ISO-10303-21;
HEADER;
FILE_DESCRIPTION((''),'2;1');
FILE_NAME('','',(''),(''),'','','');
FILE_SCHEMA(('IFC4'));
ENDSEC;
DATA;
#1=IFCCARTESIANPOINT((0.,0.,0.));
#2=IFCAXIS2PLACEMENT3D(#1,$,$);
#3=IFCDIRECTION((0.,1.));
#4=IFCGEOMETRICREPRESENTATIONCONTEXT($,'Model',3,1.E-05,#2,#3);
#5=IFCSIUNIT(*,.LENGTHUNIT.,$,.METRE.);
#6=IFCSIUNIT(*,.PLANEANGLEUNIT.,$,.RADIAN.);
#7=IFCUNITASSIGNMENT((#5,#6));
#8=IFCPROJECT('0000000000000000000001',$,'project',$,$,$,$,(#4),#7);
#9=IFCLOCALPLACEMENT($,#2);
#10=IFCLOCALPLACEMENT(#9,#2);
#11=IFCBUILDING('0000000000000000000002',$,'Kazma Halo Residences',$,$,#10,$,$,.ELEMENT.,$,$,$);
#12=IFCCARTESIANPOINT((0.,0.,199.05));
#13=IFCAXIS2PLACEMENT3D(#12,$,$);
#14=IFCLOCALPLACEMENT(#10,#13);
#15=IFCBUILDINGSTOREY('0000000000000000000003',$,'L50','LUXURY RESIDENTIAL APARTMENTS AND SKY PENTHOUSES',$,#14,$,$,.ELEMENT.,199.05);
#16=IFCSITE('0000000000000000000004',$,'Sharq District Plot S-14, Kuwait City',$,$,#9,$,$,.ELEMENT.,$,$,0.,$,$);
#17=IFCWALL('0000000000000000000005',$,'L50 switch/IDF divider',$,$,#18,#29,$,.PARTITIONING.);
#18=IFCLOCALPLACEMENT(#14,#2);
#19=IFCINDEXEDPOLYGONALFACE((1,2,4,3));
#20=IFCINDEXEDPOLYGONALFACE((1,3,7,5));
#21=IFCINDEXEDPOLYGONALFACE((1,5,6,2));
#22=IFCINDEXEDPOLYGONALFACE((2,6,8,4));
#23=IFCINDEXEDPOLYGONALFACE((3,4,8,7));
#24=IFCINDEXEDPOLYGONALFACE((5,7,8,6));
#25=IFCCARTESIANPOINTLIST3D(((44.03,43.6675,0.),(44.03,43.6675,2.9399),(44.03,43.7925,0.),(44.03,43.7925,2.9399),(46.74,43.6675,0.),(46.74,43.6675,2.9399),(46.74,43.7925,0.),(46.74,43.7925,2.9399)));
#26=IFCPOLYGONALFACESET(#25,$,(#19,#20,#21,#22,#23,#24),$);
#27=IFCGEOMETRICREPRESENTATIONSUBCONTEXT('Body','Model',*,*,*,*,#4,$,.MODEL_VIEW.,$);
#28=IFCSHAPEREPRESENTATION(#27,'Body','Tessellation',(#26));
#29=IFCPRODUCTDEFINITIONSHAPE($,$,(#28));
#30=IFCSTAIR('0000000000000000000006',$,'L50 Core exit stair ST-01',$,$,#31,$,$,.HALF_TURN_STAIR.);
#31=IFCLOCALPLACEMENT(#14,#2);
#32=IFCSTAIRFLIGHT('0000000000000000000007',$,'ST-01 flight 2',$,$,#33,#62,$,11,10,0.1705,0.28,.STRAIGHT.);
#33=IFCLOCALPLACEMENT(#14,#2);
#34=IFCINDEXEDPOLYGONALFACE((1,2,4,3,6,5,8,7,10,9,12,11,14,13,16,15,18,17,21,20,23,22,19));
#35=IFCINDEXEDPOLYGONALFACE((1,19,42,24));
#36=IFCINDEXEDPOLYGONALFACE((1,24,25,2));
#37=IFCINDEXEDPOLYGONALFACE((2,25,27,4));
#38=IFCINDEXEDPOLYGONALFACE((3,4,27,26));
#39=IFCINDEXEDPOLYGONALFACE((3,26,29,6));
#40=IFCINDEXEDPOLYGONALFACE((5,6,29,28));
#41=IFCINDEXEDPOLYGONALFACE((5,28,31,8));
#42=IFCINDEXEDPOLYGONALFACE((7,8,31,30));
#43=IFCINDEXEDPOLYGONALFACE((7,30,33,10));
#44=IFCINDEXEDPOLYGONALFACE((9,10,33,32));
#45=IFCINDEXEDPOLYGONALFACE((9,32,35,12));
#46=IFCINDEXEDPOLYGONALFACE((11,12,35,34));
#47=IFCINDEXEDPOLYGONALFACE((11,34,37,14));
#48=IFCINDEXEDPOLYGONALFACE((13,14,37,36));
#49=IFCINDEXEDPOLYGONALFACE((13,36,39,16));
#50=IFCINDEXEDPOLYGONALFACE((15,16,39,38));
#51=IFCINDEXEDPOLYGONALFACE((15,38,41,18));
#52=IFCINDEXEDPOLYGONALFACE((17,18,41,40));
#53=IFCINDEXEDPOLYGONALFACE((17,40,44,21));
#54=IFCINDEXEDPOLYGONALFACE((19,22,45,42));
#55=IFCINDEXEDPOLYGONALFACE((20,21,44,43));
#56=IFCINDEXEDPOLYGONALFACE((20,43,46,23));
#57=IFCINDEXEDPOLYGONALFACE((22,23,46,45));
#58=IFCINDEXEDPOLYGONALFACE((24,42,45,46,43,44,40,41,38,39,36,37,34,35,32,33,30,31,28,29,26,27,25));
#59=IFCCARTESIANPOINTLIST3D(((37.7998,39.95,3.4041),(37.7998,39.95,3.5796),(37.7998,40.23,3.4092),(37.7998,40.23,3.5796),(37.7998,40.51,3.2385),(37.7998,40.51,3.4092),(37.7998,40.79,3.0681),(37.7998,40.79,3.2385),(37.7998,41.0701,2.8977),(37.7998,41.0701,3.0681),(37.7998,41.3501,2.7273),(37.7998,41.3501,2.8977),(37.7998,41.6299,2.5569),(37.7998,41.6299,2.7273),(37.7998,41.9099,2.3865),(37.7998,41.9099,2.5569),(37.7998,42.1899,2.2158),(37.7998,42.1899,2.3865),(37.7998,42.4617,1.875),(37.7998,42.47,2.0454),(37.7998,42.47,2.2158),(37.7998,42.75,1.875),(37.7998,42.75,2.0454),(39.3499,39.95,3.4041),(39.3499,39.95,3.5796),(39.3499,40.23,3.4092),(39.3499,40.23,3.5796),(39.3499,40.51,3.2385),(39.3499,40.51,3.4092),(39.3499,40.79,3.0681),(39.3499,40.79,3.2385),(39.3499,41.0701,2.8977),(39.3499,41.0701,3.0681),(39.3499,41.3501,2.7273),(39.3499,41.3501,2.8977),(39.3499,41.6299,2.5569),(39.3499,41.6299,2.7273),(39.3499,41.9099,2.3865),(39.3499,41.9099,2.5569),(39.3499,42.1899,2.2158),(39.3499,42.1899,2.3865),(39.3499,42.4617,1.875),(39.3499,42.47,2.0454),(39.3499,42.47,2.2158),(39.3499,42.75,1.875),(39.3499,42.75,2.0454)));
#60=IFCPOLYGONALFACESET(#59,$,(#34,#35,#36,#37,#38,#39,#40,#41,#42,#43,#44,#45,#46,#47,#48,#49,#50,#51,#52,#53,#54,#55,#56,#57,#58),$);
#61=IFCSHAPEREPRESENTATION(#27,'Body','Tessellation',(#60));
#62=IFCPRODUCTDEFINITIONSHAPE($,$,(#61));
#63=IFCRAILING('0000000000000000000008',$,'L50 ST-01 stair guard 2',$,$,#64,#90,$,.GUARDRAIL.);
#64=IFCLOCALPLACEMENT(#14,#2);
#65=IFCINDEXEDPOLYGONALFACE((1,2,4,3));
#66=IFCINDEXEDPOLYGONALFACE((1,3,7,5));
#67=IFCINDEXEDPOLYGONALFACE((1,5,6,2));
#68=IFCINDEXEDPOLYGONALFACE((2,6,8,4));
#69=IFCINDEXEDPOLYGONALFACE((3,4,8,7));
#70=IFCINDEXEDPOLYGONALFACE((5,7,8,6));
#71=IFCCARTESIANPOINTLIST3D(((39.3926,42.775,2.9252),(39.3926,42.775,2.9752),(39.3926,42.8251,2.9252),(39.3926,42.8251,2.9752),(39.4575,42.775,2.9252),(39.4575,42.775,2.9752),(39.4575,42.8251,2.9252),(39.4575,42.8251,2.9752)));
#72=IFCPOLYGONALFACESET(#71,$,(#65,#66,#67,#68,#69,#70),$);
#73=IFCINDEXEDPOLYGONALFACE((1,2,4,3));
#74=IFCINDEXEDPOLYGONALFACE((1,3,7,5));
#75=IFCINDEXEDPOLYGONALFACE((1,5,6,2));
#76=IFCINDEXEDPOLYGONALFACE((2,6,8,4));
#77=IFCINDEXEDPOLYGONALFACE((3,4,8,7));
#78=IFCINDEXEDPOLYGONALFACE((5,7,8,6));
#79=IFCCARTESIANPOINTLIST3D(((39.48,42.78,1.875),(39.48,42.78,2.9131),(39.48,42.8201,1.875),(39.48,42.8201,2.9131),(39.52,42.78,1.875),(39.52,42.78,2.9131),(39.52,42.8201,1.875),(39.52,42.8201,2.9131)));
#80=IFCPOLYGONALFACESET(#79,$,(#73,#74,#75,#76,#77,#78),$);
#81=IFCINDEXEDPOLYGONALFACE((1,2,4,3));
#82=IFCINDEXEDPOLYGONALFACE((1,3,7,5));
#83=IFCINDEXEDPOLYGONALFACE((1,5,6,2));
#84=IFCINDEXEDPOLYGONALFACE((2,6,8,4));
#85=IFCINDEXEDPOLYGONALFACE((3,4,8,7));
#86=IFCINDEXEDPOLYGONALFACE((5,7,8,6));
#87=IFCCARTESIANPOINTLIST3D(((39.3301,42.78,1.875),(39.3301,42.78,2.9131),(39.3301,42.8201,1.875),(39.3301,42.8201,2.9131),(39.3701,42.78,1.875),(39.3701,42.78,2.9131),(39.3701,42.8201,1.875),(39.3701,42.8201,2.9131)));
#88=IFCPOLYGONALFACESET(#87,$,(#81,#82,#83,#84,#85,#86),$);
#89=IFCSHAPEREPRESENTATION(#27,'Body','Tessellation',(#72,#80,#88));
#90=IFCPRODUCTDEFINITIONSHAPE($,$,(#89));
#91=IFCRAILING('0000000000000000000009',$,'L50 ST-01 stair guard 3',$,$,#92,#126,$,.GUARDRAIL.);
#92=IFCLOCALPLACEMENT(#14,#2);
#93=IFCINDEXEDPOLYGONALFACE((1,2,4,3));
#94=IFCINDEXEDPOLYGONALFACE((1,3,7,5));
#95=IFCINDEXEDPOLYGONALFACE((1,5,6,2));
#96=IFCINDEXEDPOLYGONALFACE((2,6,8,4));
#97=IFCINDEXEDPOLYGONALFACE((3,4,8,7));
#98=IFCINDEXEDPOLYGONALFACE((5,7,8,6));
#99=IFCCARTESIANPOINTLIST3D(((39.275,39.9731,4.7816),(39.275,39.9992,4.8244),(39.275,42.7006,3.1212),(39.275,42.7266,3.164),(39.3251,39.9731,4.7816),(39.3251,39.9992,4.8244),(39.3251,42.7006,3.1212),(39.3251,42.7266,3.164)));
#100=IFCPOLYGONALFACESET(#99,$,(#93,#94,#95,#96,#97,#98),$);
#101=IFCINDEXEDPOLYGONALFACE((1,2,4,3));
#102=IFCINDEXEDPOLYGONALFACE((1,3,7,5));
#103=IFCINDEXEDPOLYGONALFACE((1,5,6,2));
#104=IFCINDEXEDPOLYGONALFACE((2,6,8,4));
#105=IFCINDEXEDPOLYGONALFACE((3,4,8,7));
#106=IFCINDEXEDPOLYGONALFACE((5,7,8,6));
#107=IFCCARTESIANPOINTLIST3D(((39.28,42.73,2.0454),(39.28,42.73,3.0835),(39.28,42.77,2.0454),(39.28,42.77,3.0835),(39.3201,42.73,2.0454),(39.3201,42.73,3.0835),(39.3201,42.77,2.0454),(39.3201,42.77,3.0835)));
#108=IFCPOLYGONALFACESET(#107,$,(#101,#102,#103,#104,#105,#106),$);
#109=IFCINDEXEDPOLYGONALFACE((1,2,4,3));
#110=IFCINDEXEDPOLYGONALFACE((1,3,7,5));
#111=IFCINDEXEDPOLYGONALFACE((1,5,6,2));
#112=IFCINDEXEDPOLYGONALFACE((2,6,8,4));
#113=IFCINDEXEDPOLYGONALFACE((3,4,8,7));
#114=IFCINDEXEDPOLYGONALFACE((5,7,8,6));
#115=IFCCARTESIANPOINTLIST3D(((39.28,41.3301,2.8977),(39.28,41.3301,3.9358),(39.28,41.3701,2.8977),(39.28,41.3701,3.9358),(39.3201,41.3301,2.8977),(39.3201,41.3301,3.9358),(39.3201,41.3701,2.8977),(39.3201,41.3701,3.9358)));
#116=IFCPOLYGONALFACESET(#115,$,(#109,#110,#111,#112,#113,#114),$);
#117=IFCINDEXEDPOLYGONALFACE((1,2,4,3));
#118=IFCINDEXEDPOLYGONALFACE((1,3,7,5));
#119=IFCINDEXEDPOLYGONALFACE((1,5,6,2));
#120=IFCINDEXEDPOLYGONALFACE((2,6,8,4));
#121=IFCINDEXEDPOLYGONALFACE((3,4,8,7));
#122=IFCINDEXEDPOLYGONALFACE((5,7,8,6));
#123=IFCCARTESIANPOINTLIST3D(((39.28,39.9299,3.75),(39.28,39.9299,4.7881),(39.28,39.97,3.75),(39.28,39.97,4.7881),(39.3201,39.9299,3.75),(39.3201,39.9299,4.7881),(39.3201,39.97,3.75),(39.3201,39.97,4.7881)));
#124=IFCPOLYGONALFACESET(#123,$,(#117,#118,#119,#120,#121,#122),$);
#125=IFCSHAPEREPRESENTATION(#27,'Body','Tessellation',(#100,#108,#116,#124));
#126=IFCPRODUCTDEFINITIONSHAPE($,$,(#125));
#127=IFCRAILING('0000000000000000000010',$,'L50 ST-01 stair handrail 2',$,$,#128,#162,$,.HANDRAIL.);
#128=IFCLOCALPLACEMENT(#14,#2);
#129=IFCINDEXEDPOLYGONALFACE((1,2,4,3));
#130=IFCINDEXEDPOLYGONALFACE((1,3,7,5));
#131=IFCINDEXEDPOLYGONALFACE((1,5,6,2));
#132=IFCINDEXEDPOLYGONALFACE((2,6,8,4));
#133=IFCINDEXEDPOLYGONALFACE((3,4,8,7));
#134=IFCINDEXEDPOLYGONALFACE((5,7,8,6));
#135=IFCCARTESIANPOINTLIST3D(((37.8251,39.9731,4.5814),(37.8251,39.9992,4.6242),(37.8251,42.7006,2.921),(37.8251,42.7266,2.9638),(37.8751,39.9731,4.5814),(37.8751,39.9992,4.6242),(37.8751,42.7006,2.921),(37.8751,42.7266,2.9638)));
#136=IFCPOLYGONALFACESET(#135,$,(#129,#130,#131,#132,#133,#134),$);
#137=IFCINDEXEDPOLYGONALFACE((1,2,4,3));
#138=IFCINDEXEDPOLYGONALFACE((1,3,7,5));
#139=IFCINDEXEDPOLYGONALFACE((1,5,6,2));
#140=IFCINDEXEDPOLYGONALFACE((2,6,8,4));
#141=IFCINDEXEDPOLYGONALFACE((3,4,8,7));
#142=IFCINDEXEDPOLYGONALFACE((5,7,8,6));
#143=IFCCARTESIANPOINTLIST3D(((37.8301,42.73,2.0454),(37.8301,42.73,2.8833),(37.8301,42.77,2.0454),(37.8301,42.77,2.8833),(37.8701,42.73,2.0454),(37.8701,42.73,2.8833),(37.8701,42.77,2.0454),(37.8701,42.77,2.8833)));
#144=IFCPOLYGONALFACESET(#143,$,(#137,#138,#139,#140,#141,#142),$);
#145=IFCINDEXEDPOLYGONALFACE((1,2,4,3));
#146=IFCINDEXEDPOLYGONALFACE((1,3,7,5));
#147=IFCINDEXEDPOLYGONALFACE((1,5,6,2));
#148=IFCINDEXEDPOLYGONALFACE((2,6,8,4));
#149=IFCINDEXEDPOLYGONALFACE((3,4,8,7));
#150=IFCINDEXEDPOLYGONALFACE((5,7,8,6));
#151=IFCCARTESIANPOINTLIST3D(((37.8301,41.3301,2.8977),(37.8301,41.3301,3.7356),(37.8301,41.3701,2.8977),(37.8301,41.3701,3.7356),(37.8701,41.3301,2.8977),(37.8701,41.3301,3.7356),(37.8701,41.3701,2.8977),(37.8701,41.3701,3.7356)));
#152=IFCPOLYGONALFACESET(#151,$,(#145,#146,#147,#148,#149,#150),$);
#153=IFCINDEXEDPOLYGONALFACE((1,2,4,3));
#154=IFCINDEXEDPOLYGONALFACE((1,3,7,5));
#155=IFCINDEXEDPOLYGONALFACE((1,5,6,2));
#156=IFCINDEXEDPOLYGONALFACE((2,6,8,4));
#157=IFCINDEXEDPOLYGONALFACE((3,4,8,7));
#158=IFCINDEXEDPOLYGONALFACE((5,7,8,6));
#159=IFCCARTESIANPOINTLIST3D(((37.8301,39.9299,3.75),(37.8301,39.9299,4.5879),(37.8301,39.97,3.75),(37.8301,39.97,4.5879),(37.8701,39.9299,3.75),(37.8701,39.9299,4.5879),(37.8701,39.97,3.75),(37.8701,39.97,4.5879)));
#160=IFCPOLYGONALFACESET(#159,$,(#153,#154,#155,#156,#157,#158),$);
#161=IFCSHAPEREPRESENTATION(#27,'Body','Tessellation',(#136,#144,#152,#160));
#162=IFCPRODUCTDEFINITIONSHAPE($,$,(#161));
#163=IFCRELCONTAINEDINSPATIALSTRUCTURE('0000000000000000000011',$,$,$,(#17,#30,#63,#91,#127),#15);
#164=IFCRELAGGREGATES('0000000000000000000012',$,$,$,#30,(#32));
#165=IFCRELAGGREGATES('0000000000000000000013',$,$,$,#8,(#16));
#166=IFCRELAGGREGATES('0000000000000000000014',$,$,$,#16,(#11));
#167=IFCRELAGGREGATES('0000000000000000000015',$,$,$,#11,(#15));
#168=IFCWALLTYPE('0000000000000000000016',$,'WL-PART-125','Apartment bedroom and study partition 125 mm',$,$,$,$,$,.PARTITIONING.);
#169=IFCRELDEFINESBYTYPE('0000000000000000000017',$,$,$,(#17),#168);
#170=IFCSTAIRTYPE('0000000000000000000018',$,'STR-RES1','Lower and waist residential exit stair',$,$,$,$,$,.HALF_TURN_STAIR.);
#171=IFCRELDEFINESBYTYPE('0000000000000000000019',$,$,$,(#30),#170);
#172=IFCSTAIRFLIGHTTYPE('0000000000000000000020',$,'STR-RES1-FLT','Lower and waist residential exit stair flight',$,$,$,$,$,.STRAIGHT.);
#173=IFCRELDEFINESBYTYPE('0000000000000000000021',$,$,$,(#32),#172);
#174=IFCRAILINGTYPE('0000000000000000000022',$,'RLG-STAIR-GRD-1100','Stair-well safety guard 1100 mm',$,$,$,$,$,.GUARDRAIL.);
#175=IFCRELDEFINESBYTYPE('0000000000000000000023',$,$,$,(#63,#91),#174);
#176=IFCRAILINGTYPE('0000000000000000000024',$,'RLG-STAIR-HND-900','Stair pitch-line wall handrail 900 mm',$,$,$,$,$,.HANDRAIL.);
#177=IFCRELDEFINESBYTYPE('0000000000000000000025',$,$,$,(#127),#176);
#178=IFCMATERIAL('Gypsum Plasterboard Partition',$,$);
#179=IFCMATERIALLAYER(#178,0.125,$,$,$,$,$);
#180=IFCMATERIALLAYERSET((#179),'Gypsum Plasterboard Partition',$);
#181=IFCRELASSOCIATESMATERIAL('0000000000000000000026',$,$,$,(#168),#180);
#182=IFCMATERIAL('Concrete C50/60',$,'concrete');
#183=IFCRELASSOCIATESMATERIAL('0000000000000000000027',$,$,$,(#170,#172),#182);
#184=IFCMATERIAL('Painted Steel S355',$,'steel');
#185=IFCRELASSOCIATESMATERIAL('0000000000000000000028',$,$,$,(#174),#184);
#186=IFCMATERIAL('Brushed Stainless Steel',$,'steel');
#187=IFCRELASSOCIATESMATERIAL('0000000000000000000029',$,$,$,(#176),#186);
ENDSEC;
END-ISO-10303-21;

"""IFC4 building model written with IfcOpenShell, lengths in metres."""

from ifc_helpers import new_model, si_unit, direction, frame, frame_2d, origin, origin_2d, place, context, subcontext, project, spatial, polyline, rectangle, outline, extrude, material, layer, layer_set, type_object, element, aggregate, save


model = new_model("IFC4")

# Units and contexts
model_context = context("Model", 3, precision=1e-05, world=origin(), true_north=direction((0.0, 1.0)))
body_context = subcontext(model_context, "Body", "Model", "MODEL_VIEW")
ifc_project = project(units=[si_unit("LENGTHUNIT", "METRE"), si_unit("PLANEANGLEUNIT", "RADIAN")], contexts=[model_context])

# Site, building, storey
site_placement = place(None, origin())
site = spatial("IfcSite", under=ifc_project, at=site_placement, Name="Sharq District Plot S-14, Kuwait City", CompositionType="ELEMENT", RefElevation=0.0)
building_placement = place(site_placement, origin())
building = spatial("IfcBuilding", under=site, at=building_placement, Name="Kazma Halo Residences", CompositionType="ELEMENT")
storey_placement = place(building_placement, frame((0.0, 0.0, 199.05)))
storey = spatial("IfcBuildingStorey", under=building, at=storey_placement, Name="L50", Description="LUXURY RESIDENTIAL APARTMENTS AND SKY PENTHOUSES", CompositionType="ELEMENT", Elevation=199.05)

# Wall
ifc_material_1 = material(Name="Gypsum Plasterboard Partition")
ifc_layer_1 = layer(ifc_material_1, 0.125)
ifc_layer_set_1 = layer_set([ifc_layer_1], Name="Gypsum Plasterboard Partition")
wall_type_1 = type_object("IfcWallType", Name="WL-PART-125", Description="Apartment bedroom and study partition 125 mm", PredefinedType="PARTITIONING", material=ifc_layer_set_1)
wall_1_placement = place(storey_placement, frame((44.03, 43.73, 0.0), z_axis=(0.0, 0.0, 1.0), x_axis=(1.0, 0.0, 0.0)))
element("IfcWall", 1, at=wall_1_placement, inside=storey, type_object=wall_type_1, Name="L50 switch/IDF divider", PredefinedType="PARTITIONING", context=body_context, shape_type="SweptSolid", body=[
    extrude(rectangle(XDim=2.71, YDim=0.125, at=frame_2d((1.355, 0.0))), origin(), (0.0, 0.0, 1.0), 2.9399),
])

# Stair, stair flight
ifc_material_2 = material(Name="Concrete C50/60", Category="concrete")
stair_type = type_object("IfcStairType", Name="STR-RES1", Description="Lower and waist residential exit stair", PredefinedType="HALF_TURN_STAIR", material=ifc_material_2)
stair_placement = place(storey_placement, origin())
stair = element("IfcStair", 2, at=stair_placement, inside=storey, type_object=stair_type, Name="L50 Core exit stair ST-01", PredefinedType="HALF_TURN_STAIR")
stair_flight_type = type_object("IfcStairFlightType", Name="STR-RES1-FLT", Description="Lower and waist residential exit stair flight", PredefinedType="STRAIGHT", material=ifc_material_2)
stair_flight_placement = place(storey_placement, frame((38.575, 42.75, 1.875), z_axis=(0.0, 0.0, 1.0), x_axis=(0.0, -1.0, 0.0)))
stair_flight = element("IfcStairFlight", 3, at=stair_flight_placement, type_object=stair_flight_type, Name="ST-01 flight 2", NumberOfRisers=11, NumberOfTreads=10, PredefinedType="STRAIGHT", RiserHeight=0.1705, TreadLength=0.28, context=body_context, shape_type="SweptSolid", body=[
    extrude(outline(polyline([(0.0, 0.0), (0.0, 0.1704), (0.28, 0.1704), (0.28, 0.3408), (0.5601, 0.3408), (0.5601, 0.5115), (0.8401, 0.5115), (0.8401, 0.6819), (1.1201, 0.6819), (1.1201, 0.8523), (1.3999, 0.8523), (1.3999, 1.0227), (1.6799, 1.0227), (1.6799, 1.1931), (1.96, 1.1931), (1.96, 1.3635), (2.24, 1.3635), (2.24, 1.5342), (2.52, 1.5342), (2.52, 1.7046), (2.8, 1.7046), (2.8, 1.875), (2.8, 1.5291), (0.2883, 0.0), (0.0, 0.0)])), frame((0.0, 0.7749, 0.0), z_axis=(0.0, -1.0, 0.0), x_axis=(1.0, 0.0, 0.0)), (0.0, 0.0, 1.0), 1.55),
])
aggregate(stair, [stair_flight])

# Railings
ifc_material_3 = material(Name="Painted Steel S355", Category="steel")
railing_type_1 = type_object("IfcRailingType", Name="RLG-STAIR-GRD-1100", Description="Stair-well safety guard 1100 mm", PredefinedType="GUARDRAIL", material=ifc_material_3)
railing_1_placement = place(storey_placement, frame((39.5, 42.8, 1.875)))
element("IfcRailing", 4, at=railing_1_placement, inside=storey, type_object=railing_type_1, Name="L50 ST-01 stair guard 2", PredefinedType="GUARDRAIL", context=body_context, shape_type="SweptSolid", body=[
    extrude(rectangle(XDim=0.05, YDim=0.05, at=origin_2d()), frame((-0.0425, 0.0, 1.0752), z_axis=(-1.0, 0.0, 0.0), x_axis=(0.0, -1.0, 0.0)), (0.0, 0.0, 1.0), 0.0649),
    extrude(rectangle(XDim=0.04, YDim=0.04, at=origin_2d()), origin(), (0.0, 0.0, 1.0), 1.0381),
    extrude(rectangle(XDim=0.04, YDim=0.04, at=origin_2d()), frame((-0.1499, 0.0, 0.0)), (0.0, 0.0, 1.0), 1.0381),
])
railing_2_placement = place(storey_placement, frame((39.3, 42.75, 2.0454)))
element("IfcRailing", 5, at=railing_2_placement, inside=storey, type_object=railing_type_1, Name="L50 ST-01 stair guard 3", PredefinedType="GUARDRAIL", context=body_context, shape_type="SweptSolid", body=[
    extrude(rectangle(XDim=0.05, YDim=0.05, at=origin_2d()), frame((0.0, -0.0364, 1.0972), z_axis=(0.0, -0.85417, 0.519994), x_axis=(1.0, 0.0, 0.0)), (0.0, 0.0, 1.0), 3.1931),
    extrude(rectangle(XDim=0.04, YDim=0.04, at=origin_2d()), origin(), (0.0, 0.0, 1.0), 1.0381),
    extrude(rectangle(XDim=0.04, YDim=0.04, at=origin_2d()), frame((0.0, -1.3999, 0.8523)), (0.0, 0.0, 1.0), 1.0381),
    extrude(rectangle(XDim=0.04, YDim=0.04, at=origin_2d()), frame((0.0, -2.8, 1.7046)), (0.0, 0.0, 1.0), 1.0381),
])
ifc_material_4 = material(Name="Brushed Stainless Steel", Category="steel")
railing_type_2 = type_object("IfcRailingType", Name="RLG-STAIR-HND-900", Description="Stair pitch-line wall handrail 900 mm", PredefinedType="HANDRAIL", material=ifc_material_4)
railing_3_placement = place(storey_placement, frame((37.8501, 42.75, 2.0454)))
element("IfcRailing", 6, at=railing_3_placement, inside=storey, type_object=railing_type_2, Name="L50 ST-01 stair handrail 2", PredefinedType="HANDRAIL", context=body_context, shape_type="SweptSolid", body=[
    extrude(rectangle(XDim=0.05, YDim=0.05, at=origin_2d()), frame((0.0, -0.0364, 0.897), z_axis=(0.0, -0.85417, 0.519994), x_axis=(1.0, 0.0, 0.0)), (0.0, 0.0, 1.0), 3.1931),
    extrude(rectangle(XDim=0.04, YDim=0.04, at=origin_2d()), origin(), (0.0, 0.0, 1.0), 0.8379),
    extrude(rectangle(XDim=0.04, YDim=0.04, at=origin_2d()), frame((0.0, -1.3999, 0.8523)), (0.0, 0.0, 1.0), 0.8379),
    extrude(rectangle(XDim=0.04, YDim=0.04, at=origin_2d()), frame((0.0, -2.8, 1.7046)), (0.0, 0.0, 1.0), 0.8379),
])

save(model, "model.ifc")
